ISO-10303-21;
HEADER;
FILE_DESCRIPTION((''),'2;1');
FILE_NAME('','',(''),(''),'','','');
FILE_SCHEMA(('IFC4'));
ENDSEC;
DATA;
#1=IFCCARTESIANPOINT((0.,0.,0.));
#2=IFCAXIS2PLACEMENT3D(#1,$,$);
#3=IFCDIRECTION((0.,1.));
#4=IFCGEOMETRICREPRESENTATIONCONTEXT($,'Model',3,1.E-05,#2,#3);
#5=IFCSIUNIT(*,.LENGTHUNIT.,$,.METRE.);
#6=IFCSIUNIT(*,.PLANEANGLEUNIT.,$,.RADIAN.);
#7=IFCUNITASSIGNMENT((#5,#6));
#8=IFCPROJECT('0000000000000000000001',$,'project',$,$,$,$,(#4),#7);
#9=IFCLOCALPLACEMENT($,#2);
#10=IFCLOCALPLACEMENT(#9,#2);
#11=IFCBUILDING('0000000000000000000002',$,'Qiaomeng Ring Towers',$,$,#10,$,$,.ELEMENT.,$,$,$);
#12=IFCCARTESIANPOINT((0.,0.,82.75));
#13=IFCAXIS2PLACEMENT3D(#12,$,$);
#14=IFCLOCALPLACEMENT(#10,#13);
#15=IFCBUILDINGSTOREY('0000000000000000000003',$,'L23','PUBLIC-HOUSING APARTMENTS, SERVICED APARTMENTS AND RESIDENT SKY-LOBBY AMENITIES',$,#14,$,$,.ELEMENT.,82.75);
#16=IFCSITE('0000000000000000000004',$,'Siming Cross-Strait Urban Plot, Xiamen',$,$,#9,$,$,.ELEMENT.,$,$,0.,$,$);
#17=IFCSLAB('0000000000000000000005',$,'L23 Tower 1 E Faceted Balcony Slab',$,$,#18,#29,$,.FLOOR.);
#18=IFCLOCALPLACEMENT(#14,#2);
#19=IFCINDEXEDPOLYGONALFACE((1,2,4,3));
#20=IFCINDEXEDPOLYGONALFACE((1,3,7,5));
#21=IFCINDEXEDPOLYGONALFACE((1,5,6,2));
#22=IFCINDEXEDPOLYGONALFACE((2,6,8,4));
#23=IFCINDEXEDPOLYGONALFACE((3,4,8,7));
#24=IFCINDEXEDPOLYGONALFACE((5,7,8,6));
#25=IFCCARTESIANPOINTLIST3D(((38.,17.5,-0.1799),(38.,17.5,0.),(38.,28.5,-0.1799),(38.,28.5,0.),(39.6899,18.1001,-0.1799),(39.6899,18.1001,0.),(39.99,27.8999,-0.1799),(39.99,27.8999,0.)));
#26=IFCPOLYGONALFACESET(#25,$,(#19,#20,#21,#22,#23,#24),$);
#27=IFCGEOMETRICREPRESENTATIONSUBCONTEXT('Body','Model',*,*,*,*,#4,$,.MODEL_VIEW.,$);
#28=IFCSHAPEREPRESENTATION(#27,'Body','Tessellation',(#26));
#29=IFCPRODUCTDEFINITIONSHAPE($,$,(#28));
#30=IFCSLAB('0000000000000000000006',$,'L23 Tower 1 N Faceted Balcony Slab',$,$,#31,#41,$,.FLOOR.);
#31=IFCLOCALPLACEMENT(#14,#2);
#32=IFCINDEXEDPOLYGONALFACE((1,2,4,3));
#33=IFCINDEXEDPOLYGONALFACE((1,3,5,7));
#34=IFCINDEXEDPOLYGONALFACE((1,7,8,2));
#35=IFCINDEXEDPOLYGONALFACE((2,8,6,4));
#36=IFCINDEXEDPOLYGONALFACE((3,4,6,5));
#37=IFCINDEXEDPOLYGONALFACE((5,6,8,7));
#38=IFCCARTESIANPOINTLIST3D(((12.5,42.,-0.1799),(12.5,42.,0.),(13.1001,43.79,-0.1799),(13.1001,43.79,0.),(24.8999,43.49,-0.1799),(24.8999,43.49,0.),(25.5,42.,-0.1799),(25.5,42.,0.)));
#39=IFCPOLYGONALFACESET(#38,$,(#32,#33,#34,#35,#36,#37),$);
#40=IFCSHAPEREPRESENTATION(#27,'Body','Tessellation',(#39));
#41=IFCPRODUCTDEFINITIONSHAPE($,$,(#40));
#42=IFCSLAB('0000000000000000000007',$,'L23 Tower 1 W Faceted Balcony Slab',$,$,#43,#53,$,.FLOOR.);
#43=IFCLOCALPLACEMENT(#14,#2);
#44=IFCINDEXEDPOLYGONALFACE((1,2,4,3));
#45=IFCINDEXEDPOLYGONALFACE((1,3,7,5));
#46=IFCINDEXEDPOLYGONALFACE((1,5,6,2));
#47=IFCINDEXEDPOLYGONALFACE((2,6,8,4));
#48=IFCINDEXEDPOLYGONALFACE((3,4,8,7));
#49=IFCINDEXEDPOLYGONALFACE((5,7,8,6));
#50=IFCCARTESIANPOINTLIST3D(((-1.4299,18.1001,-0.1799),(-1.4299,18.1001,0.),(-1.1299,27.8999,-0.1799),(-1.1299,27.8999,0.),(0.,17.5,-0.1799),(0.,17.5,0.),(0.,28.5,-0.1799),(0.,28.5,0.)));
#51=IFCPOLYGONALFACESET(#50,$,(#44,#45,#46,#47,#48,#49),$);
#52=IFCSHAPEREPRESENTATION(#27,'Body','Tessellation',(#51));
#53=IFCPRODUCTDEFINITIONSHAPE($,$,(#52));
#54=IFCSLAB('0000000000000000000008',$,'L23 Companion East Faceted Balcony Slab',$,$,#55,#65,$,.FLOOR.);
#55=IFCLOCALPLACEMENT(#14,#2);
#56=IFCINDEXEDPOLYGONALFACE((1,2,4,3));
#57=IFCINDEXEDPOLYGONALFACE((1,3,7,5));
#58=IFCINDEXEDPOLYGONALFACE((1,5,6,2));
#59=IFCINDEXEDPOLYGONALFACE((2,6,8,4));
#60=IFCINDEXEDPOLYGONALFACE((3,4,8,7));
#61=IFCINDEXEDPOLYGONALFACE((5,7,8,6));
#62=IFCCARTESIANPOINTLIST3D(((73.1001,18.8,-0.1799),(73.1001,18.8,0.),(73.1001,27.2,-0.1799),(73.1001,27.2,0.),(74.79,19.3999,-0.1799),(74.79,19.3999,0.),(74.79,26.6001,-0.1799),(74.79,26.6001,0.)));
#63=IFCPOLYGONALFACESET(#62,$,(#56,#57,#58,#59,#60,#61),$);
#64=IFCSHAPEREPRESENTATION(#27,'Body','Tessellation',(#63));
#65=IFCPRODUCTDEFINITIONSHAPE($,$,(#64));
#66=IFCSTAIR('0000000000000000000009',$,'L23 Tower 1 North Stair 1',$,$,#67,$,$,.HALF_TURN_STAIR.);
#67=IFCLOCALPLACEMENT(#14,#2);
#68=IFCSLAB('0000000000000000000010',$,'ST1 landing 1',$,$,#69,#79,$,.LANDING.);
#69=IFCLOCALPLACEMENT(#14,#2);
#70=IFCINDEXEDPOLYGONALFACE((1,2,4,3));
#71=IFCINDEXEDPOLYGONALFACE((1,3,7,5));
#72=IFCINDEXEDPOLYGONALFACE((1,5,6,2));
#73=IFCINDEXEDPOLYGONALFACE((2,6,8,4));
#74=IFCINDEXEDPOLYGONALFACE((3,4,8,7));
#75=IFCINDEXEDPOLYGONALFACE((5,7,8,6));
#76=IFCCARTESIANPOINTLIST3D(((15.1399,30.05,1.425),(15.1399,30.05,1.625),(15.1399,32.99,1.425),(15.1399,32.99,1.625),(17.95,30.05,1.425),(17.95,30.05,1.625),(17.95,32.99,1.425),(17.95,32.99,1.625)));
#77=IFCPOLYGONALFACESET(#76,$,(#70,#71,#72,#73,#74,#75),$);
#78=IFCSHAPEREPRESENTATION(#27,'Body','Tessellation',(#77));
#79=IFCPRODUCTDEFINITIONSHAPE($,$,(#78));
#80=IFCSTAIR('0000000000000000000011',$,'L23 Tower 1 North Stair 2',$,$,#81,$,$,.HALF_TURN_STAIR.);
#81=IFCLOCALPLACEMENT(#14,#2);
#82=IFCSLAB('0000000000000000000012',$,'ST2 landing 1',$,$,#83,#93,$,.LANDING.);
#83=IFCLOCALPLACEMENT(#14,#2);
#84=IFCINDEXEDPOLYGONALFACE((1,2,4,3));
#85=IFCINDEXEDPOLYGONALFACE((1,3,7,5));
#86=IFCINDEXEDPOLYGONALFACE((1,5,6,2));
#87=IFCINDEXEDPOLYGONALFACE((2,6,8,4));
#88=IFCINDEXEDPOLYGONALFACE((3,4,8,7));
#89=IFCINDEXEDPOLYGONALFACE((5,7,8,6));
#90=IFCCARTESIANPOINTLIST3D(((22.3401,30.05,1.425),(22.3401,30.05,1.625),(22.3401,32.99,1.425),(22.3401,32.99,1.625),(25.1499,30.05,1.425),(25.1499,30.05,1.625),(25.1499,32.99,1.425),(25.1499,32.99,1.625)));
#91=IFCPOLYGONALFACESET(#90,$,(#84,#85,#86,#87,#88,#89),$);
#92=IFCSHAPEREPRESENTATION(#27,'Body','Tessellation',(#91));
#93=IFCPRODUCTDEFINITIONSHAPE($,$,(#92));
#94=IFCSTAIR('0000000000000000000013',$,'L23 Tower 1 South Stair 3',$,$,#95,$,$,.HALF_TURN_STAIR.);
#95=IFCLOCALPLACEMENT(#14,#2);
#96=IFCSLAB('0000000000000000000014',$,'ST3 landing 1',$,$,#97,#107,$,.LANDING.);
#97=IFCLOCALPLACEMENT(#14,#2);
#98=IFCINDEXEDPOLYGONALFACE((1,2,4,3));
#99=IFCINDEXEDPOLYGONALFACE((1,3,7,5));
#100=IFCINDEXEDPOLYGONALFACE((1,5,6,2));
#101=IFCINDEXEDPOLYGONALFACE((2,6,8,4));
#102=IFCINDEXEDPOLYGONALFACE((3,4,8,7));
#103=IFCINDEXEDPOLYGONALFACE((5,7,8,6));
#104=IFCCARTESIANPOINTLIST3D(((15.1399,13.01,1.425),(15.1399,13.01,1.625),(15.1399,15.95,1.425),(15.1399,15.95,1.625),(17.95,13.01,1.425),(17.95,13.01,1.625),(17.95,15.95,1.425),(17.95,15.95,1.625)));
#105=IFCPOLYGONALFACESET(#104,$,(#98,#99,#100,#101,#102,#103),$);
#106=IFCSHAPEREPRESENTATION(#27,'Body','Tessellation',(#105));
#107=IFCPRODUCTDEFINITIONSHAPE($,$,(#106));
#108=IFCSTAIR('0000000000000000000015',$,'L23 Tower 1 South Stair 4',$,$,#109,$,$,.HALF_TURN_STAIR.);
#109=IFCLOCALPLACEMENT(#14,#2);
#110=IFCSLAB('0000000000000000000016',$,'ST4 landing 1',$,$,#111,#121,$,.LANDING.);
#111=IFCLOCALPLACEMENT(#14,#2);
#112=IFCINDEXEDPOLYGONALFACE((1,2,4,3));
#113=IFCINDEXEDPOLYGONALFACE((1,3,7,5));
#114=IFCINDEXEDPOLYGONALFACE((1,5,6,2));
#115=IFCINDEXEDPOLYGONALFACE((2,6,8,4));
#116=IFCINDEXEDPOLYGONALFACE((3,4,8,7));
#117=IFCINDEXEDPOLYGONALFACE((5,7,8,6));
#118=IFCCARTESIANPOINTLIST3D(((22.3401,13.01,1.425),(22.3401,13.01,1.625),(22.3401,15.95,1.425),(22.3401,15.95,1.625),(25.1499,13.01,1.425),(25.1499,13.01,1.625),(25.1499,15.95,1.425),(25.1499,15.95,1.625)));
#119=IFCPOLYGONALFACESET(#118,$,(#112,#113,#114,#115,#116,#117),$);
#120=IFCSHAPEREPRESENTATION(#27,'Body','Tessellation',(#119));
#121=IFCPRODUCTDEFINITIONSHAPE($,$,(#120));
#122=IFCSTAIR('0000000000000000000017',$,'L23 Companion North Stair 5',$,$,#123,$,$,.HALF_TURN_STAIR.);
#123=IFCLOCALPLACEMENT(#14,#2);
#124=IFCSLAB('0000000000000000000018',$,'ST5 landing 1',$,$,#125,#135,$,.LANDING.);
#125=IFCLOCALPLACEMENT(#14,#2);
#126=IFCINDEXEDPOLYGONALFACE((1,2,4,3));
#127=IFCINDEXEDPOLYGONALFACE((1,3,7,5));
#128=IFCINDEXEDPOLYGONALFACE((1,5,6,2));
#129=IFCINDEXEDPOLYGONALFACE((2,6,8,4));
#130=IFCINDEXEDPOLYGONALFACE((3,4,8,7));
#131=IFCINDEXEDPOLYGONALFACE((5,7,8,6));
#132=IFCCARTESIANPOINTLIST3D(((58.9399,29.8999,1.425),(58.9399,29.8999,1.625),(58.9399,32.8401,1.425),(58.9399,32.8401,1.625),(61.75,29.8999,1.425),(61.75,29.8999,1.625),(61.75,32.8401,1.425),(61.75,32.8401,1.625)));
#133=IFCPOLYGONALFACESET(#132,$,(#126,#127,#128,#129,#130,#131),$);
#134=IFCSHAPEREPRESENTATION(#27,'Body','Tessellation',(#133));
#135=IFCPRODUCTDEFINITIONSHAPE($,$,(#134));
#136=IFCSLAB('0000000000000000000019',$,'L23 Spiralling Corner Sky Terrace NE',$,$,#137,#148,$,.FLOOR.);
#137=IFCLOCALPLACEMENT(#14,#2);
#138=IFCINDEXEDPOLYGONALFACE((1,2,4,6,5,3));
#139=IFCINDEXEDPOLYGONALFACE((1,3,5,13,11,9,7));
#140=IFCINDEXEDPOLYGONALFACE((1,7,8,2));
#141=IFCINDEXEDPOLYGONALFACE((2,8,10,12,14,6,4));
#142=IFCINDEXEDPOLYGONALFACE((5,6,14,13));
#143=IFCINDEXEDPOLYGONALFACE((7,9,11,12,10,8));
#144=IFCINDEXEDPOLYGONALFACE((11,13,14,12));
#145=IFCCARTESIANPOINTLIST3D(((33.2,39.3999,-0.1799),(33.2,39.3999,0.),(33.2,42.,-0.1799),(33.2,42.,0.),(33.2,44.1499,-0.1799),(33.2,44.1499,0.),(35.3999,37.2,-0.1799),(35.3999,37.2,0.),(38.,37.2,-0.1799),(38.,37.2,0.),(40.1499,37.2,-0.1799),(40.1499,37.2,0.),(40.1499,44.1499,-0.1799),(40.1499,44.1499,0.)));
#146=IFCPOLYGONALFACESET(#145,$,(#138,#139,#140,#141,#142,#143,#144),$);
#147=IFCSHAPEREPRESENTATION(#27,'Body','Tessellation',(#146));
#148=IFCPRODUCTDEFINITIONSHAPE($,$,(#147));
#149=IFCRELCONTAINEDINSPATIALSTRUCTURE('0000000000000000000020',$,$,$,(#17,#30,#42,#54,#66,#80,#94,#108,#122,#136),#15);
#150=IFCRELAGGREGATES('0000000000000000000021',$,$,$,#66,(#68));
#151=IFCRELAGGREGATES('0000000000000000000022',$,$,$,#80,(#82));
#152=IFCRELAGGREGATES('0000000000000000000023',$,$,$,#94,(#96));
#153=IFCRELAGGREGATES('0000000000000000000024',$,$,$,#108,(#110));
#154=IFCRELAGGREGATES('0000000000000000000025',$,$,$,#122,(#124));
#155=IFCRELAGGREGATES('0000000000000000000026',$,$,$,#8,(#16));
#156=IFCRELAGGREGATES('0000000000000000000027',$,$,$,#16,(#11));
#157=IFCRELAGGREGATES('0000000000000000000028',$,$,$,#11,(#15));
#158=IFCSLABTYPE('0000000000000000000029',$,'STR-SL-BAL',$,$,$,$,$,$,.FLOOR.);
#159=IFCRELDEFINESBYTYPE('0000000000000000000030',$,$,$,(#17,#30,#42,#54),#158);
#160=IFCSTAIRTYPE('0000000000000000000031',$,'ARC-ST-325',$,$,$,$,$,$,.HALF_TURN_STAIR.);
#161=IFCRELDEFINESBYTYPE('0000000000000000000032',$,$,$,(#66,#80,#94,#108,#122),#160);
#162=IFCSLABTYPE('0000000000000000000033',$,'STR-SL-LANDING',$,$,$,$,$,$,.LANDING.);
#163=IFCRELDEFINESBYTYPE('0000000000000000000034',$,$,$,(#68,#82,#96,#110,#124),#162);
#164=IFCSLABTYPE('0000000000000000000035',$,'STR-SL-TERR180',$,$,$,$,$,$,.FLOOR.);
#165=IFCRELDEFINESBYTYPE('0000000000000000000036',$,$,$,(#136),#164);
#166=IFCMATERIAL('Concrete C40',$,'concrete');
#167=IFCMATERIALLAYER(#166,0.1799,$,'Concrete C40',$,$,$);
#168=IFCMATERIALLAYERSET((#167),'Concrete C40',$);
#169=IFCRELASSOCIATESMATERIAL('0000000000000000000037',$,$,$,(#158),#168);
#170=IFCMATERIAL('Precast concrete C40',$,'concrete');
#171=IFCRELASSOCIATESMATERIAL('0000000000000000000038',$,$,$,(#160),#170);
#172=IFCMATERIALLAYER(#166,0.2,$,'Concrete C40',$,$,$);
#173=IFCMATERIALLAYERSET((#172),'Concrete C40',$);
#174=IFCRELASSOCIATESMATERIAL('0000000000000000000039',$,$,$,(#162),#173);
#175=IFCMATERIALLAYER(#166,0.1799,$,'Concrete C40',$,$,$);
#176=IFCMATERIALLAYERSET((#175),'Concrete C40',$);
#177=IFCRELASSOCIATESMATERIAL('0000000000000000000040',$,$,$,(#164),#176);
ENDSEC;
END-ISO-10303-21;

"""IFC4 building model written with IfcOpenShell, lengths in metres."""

from ifc_helpers import new_model, si_unit, direction, frame, origin, place, context, subcontext, project, spatial, polyline, outline, extrude, material, layer, layer_set, type_object, element, aggregate, save


model = new_model("IFC4")

# Units and contexts
model_context = context("Model", 3, precision=1e-05, world=origin(), true_north=direction((0.0, 1.0)))
body_context = subcontext(model_context, "Body", "Model", "MODEL_VIEW")
ifc_project = project(units=[si_unit("LENGTHUNIT", "METRE"), si_unit("PLANEANGLEUNIT", "RADIAN")], contexts=[model_context])

# Site, building, storey
site_placement = place(None, origin())
site = spatial("IfcSite", under=ifc_project, at=site_placement, Name="Siming Cross-Strait Urban Plot, Xiamen", CompositionType="ELEMENT", RefElevation=0.0)
building_placement = place(site_placement, origin())
building = spatial("IfcBuilding", under=site, at=building_placement, Name="Qiaomeng Ring Towers", CompositionType="ELEMENT")
storey_placement = place(building_placement, frame((0.0, 0.0, 82.75)))
storey = spatial("IfcBuildingStorey", under=building, at=storey_placement, Name="L23", Description="PUBLIC-HOUSING APARTMENTS, SERVICED APARTMENTS AND RESIDENT SKY-LOBBY AMENITIES", CompositionType="ELEMENT", Elevation=82.75)

# Slabs
ifc_material_1 = material(Name="Concrete C40", Category="concrete")
ifc_layer_1 = layer(ifc_material_1, 0.1799, Name="Concrete C40")
ifc_layer_set_1 = layer_set([ifc_layer_1], Name="Concrete C40")
slab_type_1 = type_object("IfcSlabType", Name="STR-SL-BAL", PredefinedType="FLOOR", material=ifc_layer_set_1)
slab_1_placement = place(storey_placement, frame((0.0, 0.0, -0.1799)))
element("IfcSlab", 1, at=slab_1_placement, inside=storey, type_object=slab_type_1, Name="L23 Tower 1 E Faceted Balcony Slab", PredefinedType="FLOOR", context=body_context, shape_type="SweptSolid", body=[
    extrude(outline(polyline([(39.99, 27.8999), (39.6899, 18.1001), (38.0, 17.5), (38.0, 28.5), (39.99, 27.8999)])), origin(), (0.0, 0.0, 1.0), 0.1799),
])
slab_2_placement = place(storey_placement, frame((0.0, 0.0, -0.1799)))
element("IfcSlab", 2, at=slab_2_placement, inside=storey, type_object=slab_type_1, Name="L23 Tower 1 N Faceted Balcony Slab", PredefinedType="FLOOR", context=body_context, shape_type="SweptSolid", body=[
    extrude(outline(polyline([(12.5, 42.0), (13.1001, 43.79), (24.8999, 43.49), (25.5, 42.0), (12.5, 42.0)])), origin(), (0.0, 0.0, 1.0), 0.1799),
])
slab_3_placement = place(storey_placement, frame((0.0, 0.0, -0.1799)))
element("IfcSlab", 3, at=slab_3_placement, inside=storey, type_object=slab_type_1, Name="L23 Tower 1 W Faceted Balcony Slab", PredefinedType="FLOOR", context=body_context, shape_type="SweptSolid", body=[
    extrude(outline(polyline([(0.0, 17.5), (-1.4299, 18.1001), (-1.1299, 27.8999), (0.0, 28.5), (0.0, 17.5)])), origin(), (0.0, 0.0, 1.0), 0.1799),
])
slab_4_placement = place(storey_placement, frame((0.0, 0.0, -0.1799)))
element("IfcSlab", 4, at=slab_4_placement, inside=storey, type_object=slab_type_1, Name="L23 Companion East Faceted Balcony Slab", PredefinedType="FLOOR", context=body_context, shape_type="SweptSolid", body=[
    extrude(outline(polyline([(74.79, 26.6001), (74.79, 19.3999), (73.1001, 18.8), (73.1001, 27.2), (74.79, 26.6001)])), origin(), (0.0, 0.0, 1.0), 0.1799),
])

# Stairs, slabs
ifc_material_2 = material(Name="Precast concrete C40", Category="concrete")
stair_type = type_object("IfcStairType", Name="ARC-ST-325", PredefinedType="HALF_TURN_STAIR", material=ifc_material_2)
stair_1_placement = place(storey_placement, origin())
stair_1 = element("IfcStair", 5, at=stair_1_placement, inside=storey, type_object=stair_type, Name="L23 Tower 1 North Stair 1", PredefinedType="HALF_TURN_STAIR")
ifc_layer_2 = layer(ifc_material_1, 0.2, Name="Concrete C40")
ifc_layer_set_2 = layer_set([ifc_layer_2], Name="Concrete C40")
slab_type_2 = type_object("IfcSlabType", Name="STR-SL-LANDING", PredefinedType="LANDING", material=ifc_layer_set_2)
slab_5_placement = place(storey_placement, frame((0.0, 0.0, 1.425)))
slab_5 = element("IfcSlab", 6, at=slab_5_placement, type_object=slab_type_2, Name="ST1 landing 1", PredefinedType="LANDING", context=body_context, shape_type="SweptSolid", body=[
    extrude(outline(polyline([(15.1399, 30.05), (17.95, 30.05), (17.95, 32.99), (15.1399, 32.99), (15.1399, 30.05)])), origin(), (0.0, 0.0, 1.0), 0.2),
])
aggregate(stair_1, [slab_5])
stair_2_placement = place(storey_placement, origin())
stair_2 = element("IfcStair", 7, at=stair_2_placement, inside=storey, type_object=stair_type, Name="L23 Tower 1 North Stair 2", PredefinedType="HALF_TURN_STAIR")
slab_6_placement = place(storey_placement, frame((0.0, 0.0, 1.425)))
slab_6 = element("IfcSlab", 8, at=slab_6_placement, type_object=slab_type_2, Name="ST2 landing 1", PredefinedType="LANDING", context=body_context, shape_type="SweptSolid", body=[
    extrude(outline(polyline([(22.3401, 30.05), (25.1499, 30.05), (25.1499, 32.99), (22.3401, 32.99), (22.3401, 30.05)])), origin(), (0.0, 0.0, 1.0), 0.2),
])
aggregate(stair_2, [slab_6])
stair_3_placement = place(storey_placement, origin())
stair_3 = element("IfcStair", 9, at=stair_3_placement, inside=storey, type_object=stair_type, Name="L23 Tower 1 South Stair 3", PredefinedType="HALF_TURN_STAIR")
slab_7_placement = place(storey_placement, frame((0.0, 0.0, 1.425)))
slab_7 = element("IfcSlab", 10, at=slab_7_placement, type_object=slab_type_2, Name="ST3 landing 1", PredefinedType="LANDING", context=body_context, shape_type="SweptSolid", body=[
    extrude(outline(polyline([(15.1399, 13.01), (17.95, 13.01), (17.95, 15.95), (15.1399, 15.95), (15.1399, 13.01)])), origin(), (0.0, 0.0, 1.0), 0.2),
])
aggregate(stair_3, [slab_7])
stair_4_placement = place(storey_placement, origin())
stair_4 = element("IfcStair", 11, at=stair_4_placement, inside=storey, type_object=stair_type, Name="L23 Tower 1 South Stair 4", PredefinedType="HALF_TURN_STAIR")
slab_8_placement = place(storey_placement, frame((0.0, 0.0, 1.425)))
slab_8 = element("IfcSlab", 12, at=slab_8_placement, type_object=slab_type_2, Name="ST4 landing 1", PredefinedType="LANDING", context=body_context, shape_type="SweptSolid", body=[
    extrude(outline(polyline([(22.3401, 13.01), (25.1499, 13.01), (25.1499, 15.95), (22.3401, 15.95), (22.3401, 13.01)])), origin(), (0.0, 0.0, 1.0), 0.2),
])
aggregate(stair_4, [slab_8])
stair_5_placement = place(storey_placement, origin())
stair_5 = element("IfcStair", 13, at=stair_5_placement, inside=storey, type_object=stair_type, Name="L23 Companion North Stair 5", PredefinedType="HALF_TURN_STAIR")
slab_9_placement = place(storey_placement, frame((0.0, 0.0, 1.425)))
slab_9 = element("IfcSlab", 14, at=slab_9_placement, type_object=slab_type_2, Name="ST5 landing 1", PredefinedType="LANDING", context=body_context, shape_type="SweptSolid", body=[
    extrude(outline(polyline([(58.9399, 29.8999), (61.75, 29.8999), (61.75, 32.8401), (58.9399, 32.8401), (58.9399, 29.8999)])), origin(), (0.0, 0.0, 1.0), 0.2),
])
aggregate(stair_5, [slab_9])

# Slab
ifc_layer_3 = layer(ifc_material_1, 0.1799, Name="Concrete C40")
ifc_layer_set_3 = layer_set([ifc_layer_3], Name="Concrete C40")
slab_type_3 = type_object("IfcSlabType", Name="STR-SL-TERR180", PredefinedType="FLOOR", material=ifc_layer_set_3)
slab_10_placement = place(storey_placement, frame((0.0, 0.0, -0.1799)))
element("IfcSlab", 15, at=slab_10_placement, inside=storey, type_object=slab_type_3, Name="L23 Spiralling Corner Sky Terrace NE", PredefinedType="FLOOR", context=body_context, shape_type="SweptSolid", body=[
    extrude(outline(polyline([(33.2, 44.1499), (40.1499, 44.1499), (40.1499, 37.2), (38.0, 37.2), (35.3999, 37.2), (33.2, 39.3999), (33.2, 42.0), (33.2, 44.1499)])), origin(), (0.0, 0.0, 1.0), 0.1799),
])

save(model, "model.ifc")
